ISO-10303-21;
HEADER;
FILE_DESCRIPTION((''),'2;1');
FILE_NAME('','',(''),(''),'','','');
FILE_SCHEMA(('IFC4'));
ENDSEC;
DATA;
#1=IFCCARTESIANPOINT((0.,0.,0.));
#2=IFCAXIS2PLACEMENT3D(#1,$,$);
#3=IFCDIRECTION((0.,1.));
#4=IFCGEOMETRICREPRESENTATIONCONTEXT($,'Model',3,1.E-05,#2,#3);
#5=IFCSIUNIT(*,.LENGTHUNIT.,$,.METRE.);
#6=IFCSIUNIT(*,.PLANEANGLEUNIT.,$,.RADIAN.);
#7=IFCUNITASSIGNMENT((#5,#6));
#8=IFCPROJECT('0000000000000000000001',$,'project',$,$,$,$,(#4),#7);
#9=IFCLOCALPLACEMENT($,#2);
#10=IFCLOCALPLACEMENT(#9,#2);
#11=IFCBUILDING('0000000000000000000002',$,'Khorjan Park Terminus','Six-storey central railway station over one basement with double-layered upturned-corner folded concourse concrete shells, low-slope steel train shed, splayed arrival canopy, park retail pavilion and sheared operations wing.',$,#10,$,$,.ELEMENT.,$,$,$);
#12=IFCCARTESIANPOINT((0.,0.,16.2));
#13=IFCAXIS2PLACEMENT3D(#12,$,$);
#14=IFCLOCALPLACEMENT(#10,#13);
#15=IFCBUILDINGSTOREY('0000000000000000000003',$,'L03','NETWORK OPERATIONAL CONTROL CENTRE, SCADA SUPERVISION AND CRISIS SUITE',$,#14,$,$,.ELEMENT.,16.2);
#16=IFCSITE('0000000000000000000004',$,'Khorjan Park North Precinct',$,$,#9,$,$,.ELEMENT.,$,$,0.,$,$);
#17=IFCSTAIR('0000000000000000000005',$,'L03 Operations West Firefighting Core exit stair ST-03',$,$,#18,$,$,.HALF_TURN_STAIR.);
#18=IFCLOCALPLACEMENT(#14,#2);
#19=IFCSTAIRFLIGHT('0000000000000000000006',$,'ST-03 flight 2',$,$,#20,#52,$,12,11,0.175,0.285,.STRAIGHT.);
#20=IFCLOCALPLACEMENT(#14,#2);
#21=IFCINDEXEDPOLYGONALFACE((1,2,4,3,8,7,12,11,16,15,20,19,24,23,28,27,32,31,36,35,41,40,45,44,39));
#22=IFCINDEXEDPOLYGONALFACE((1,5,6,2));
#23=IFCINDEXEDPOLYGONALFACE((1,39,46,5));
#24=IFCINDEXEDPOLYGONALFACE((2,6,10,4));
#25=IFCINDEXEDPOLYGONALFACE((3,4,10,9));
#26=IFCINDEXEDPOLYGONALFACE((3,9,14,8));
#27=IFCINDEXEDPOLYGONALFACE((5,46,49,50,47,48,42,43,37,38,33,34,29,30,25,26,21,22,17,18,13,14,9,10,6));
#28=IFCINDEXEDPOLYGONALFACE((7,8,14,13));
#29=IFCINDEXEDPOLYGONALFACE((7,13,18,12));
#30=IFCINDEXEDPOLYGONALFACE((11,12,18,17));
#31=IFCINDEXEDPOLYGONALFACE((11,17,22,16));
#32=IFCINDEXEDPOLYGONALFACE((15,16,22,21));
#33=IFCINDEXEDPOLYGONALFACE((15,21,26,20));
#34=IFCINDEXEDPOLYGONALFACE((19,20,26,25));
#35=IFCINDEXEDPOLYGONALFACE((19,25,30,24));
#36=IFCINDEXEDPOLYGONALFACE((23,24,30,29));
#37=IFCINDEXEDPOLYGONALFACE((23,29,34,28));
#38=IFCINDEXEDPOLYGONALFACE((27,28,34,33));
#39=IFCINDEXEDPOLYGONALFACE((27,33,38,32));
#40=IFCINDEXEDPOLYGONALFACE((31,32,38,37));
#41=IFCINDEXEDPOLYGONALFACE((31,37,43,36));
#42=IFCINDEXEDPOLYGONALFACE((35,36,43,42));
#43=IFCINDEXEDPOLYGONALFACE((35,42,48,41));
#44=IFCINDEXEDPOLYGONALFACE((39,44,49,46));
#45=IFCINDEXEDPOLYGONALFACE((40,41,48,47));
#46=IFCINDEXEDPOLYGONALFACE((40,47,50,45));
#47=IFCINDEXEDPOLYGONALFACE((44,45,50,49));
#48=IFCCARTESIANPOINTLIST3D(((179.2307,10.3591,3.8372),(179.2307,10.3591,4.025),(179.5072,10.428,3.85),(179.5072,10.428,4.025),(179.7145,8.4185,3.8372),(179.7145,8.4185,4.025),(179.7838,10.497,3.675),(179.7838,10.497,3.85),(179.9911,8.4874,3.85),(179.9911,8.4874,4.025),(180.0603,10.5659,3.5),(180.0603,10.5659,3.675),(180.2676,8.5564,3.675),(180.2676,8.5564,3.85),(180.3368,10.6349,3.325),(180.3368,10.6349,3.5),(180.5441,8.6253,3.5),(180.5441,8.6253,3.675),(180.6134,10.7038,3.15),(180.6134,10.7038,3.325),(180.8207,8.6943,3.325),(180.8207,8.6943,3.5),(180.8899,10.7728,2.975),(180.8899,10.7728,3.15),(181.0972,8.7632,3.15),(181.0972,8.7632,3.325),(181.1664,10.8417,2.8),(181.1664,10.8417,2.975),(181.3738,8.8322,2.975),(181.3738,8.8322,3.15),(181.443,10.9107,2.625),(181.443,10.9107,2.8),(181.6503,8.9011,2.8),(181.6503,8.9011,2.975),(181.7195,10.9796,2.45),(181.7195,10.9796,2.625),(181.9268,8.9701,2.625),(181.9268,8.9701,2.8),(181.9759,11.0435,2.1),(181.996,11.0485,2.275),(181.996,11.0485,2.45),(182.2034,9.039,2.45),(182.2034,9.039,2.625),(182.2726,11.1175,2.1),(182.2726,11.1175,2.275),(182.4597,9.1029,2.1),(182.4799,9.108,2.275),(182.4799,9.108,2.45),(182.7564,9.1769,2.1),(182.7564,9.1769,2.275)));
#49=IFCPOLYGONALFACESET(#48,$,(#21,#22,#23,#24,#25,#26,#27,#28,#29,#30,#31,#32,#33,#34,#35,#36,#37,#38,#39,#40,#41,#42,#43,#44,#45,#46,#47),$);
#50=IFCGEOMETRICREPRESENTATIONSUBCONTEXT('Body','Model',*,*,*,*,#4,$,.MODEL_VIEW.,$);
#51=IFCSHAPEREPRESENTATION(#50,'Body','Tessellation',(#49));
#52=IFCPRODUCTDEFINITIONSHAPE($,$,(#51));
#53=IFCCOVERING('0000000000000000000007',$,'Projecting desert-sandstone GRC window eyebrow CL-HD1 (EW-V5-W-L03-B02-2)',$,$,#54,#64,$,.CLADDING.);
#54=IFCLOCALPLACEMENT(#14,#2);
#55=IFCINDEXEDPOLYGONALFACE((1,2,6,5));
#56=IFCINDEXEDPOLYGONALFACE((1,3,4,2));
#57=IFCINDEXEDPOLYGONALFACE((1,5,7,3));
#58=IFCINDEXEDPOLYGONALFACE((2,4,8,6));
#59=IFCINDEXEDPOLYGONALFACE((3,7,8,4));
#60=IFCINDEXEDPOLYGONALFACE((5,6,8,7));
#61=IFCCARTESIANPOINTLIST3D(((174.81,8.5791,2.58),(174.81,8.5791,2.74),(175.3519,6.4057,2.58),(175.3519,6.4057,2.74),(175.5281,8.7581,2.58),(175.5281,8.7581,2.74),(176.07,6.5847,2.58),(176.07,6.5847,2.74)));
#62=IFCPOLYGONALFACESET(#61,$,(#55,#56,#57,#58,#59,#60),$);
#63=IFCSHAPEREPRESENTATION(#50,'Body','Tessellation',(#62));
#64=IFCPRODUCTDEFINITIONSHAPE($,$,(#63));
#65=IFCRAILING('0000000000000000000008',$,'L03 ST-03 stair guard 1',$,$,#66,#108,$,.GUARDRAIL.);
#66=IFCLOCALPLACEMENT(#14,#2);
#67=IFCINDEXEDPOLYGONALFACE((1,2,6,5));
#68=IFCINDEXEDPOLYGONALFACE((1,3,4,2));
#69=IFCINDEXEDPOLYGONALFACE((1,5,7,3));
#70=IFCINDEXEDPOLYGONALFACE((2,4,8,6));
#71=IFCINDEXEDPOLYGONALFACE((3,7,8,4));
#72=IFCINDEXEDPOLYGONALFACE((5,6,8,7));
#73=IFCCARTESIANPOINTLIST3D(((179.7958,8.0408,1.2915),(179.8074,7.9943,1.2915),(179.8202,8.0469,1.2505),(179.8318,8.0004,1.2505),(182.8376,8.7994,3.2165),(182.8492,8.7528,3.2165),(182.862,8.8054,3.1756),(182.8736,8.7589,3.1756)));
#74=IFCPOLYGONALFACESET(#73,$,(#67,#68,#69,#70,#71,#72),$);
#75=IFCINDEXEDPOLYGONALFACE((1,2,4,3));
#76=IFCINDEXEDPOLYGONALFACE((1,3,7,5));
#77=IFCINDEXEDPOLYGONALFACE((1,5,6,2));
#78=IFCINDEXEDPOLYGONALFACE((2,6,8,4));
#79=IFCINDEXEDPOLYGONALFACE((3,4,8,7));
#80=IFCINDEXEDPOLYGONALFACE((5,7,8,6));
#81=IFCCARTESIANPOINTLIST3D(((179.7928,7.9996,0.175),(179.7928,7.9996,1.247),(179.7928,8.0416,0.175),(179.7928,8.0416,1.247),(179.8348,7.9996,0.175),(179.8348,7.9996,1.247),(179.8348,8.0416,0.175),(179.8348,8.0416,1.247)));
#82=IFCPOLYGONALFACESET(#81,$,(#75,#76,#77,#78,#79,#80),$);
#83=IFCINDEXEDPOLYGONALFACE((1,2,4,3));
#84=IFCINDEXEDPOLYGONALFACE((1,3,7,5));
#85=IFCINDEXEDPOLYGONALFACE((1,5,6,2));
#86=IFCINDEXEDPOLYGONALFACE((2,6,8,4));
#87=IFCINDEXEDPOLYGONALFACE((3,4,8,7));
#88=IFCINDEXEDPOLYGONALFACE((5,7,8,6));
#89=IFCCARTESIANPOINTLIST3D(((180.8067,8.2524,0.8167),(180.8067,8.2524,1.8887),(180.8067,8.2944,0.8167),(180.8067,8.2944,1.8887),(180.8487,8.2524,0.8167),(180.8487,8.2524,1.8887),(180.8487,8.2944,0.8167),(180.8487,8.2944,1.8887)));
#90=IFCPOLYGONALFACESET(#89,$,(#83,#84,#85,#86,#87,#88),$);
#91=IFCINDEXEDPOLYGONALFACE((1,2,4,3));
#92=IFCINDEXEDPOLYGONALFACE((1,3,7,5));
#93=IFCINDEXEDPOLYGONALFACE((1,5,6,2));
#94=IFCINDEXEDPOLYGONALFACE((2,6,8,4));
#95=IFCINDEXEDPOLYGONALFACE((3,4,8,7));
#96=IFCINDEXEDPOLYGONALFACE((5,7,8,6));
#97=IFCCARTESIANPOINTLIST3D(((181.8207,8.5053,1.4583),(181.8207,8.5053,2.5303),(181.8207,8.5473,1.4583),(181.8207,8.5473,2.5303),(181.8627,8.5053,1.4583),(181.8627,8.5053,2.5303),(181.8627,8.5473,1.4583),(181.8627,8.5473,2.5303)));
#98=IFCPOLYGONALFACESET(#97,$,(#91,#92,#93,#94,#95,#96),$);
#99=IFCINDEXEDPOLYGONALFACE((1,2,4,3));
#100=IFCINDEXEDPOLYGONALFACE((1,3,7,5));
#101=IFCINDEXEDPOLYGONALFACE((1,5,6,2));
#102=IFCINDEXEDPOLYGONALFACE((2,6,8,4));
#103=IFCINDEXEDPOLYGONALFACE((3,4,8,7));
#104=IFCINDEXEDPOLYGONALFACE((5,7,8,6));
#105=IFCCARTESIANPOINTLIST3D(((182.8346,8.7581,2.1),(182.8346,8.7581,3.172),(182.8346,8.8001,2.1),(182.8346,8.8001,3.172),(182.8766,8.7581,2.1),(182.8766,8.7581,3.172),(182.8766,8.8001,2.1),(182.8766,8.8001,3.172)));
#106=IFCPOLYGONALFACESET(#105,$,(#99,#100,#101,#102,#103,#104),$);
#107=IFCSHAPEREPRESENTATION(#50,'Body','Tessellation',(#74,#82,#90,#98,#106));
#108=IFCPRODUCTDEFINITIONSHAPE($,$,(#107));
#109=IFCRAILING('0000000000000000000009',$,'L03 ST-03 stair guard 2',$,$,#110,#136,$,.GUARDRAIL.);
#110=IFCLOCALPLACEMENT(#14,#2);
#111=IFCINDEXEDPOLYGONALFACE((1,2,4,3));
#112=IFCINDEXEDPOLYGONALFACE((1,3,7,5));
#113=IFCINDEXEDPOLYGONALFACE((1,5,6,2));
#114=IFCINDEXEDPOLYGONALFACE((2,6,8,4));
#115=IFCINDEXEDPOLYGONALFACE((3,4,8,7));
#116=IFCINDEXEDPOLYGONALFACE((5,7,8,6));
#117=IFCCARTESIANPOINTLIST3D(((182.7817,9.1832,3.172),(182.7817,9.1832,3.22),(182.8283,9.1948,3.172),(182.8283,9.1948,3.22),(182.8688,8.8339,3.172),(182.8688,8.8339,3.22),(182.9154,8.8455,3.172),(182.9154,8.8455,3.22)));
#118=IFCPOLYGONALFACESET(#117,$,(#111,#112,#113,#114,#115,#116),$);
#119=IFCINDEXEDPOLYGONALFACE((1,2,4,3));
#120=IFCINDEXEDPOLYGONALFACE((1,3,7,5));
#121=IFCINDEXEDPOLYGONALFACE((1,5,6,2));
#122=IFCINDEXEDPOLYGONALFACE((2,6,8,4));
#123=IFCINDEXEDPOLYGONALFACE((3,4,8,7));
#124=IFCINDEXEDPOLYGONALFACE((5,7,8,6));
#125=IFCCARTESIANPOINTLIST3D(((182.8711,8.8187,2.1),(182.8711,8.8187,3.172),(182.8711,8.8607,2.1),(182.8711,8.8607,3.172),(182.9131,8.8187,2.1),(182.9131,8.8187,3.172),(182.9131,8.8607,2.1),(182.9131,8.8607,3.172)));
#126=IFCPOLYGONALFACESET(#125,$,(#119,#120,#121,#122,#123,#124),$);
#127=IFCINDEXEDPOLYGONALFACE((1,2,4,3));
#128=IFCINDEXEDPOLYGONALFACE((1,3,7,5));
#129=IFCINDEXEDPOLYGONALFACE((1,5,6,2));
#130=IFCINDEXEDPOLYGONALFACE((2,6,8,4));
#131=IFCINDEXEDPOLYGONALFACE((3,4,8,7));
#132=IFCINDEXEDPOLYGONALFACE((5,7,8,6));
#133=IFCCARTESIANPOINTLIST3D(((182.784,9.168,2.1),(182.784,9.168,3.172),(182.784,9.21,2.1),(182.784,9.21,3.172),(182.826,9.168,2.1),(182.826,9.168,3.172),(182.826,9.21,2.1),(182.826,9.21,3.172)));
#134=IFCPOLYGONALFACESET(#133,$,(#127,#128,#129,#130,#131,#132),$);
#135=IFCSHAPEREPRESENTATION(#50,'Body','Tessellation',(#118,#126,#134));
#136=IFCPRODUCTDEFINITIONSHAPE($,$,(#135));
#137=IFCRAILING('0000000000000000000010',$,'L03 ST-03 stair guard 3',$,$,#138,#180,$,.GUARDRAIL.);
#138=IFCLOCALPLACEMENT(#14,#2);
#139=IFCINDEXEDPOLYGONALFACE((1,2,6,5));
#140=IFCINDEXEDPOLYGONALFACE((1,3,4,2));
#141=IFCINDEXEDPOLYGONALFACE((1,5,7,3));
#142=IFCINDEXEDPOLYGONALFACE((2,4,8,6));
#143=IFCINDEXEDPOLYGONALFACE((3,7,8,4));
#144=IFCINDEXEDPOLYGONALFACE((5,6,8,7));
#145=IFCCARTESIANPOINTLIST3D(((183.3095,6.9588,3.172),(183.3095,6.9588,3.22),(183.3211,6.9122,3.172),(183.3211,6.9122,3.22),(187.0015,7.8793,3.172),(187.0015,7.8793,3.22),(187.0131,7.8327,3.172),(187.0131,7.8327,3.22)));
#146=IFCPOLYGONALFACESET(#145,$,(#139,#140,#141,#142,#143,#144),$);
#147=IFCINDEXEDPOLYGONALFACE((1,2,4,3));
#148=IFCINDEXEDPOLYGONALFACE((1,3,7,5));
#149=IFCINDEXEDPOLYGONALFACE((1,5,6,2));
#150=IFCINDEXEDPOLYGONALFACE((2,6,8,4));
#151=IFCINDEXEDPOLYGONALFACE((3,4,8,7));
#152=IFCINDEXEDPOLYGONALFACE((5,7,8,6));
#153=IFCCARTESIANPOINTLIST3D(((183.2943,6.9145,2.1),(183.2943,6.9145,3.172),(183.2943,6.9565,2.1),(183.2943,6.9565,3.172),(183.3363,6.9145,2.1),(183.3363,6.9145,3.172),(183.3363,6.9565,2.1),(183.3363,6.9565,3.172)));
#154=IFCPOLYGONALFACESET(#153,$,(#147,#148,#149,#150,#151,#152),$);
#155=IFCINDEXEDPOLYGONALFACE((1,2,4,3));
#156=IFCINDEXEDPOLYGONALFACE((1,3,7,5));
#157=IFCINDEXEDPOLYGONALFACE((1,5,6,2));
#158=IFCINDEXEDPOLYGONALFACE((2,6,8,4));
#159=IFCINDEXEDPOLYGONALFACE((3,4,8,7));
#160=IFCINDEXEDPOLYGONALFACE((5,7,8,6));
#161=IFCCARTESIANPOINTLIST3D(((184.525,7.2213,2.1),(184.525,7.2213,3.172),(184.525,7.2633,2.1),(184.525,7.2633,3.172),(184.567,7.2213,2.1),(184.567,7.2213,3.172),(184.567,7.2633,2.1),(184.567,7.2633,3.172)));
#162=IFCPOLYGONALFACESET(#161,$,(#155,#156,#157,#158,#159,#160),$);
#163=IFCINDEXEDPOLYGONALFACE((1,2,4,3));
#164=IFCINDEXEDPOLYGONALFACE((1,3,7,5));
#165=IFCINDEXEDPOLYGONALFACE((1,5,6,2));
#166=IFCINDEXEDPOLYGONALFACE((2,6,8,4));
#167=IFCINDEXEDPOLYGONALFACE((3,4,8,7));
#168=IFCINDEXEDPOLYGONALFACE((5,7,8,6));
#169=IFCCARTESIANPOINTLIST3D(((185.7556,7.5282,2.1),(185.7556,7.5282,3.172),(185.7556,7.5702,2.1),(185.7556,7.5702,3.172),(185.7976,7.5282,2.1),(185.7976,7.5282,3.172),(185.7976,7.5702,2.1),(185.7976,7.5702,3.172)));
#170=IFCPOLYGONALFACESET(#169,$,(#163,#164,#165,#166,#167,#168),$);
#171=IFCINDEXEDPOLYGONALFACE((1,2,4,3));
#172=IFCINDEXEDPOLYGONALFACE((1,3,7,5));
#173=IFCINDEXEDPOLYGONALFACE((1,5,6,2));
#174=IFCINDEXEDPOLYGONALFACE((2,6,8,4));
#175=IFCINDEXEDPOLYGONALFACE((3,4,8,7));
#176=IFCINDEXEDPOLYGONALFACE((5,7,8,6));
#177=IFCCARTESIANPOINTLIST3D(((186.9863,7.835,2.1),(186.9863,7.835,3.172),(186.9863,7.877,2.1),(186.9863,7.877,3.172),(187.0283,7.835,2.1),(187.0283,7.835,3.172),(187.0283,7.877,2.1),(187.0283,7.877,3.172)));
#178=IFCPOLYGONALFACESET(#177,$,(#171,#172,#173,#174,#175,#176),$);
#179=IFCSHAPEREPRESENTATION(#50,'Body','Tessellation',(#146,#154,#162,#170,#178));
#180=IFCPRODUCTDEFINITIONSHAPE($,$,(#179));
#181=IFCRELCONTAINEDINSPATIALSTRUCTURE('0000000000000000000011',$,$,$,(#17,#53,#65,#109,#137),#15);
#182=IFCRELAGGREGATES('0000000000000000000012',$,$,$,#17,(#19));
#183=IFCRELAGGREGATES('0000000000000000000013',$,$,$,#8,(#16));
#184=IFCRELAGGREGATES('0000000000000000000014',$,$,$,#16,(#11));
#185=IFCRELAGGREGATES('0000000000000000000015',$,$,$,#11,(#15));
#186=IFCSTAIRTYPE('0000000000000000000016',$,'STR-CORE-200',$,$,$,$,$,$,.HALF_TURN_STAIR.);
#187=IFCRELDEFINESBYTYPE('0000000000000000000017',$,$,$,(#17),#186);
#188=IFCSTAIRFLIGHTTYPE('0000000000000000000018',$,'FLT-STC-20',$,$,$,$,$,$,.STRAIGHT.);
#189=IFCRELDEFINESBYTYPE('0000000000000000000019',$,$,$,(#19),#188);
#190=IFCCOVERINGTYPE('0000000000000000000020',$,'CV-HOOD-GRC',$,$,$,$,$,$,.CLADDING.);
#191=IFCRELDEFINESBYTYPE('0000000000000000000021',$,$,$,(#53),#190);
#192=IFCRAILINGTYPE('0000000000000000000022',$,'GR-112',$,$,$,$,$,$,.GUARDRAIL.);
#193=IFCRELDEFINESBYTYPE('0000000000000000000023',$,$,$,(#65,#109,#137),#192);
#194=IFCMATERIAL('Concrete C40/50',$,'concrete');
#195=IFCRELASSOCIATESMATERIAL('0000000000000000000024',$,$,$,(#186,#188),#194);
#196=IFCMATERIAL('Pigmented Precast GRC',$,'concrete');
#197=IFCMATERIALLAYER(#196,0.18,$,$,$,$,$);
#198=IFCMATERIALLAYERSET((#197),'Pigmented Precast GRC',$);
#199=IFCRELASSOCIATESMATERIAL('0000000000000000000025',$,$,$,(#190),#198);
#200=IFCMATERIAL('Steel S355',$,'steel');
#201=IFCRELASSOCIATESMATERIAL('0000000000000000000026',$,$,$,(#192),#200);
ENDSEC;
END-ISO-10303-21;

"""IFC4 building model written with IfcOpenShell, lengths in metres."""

from ifc_helpers import new_model, si_unit, direction, frame, origin, origin_2d, place, context, subcontext, project, spatial, polyline, rectangle, outline, extrude, material, layer, layer_set, type_object, element, aggregate, save


model = new_model("IFC4")

# Units and contexts
model_context = context("Model", 3, precision=1e-05, world=origin(), true_north=direction((0.0, 1.0)))
body_context = subcontext(model_context, "Body", "Model", "MODEL_VIEW")
ifc_project = project(units=[si_unit("LENGTHUNIT", "METRE"), si_unit("PLANEANGLEUNIT", "RADIAN")], contexts=[model_context])

# Site, building, storey
site_placement = place(None, origin())
site = spatial("IfcSite", under=ifc_project, at=site_placement, Name="Khorjan Park North Precinct", CompositionType="ELEMENT", RefElevation=0.0)
building_placement = place(site_placement, origin())
building = spatial("IfcBuilding", under=site, at=building_placement, Name="Khorjan Park Terminus", Description="Six-storey central railway station over one basement with double-layered upturned-corner folded concourse concrete shells, low-slope steel train shed, splayed arrival canopy, park retail pavilion and sheared operations wing.", CompositionType="ELEMENT")
storey_placement = place(building_placement, frame((0.0, 0.0, 16.2)))
storey = spatial("IfcBuildingStorey", under=building, at=storey_placement, Name="L03", Description="NETWORK OPERATIONAL CONTROL CENTRE, SCADA SUPERVISION AND CRISIS SUITE", CompositionType="ELEMENT", Elevation=16.2)

# Shared definitions
ifc_material_1 = material(Name="Steel S355", Category="steel")
ifc_material_2 = material(Name="Concrete C40/50", Category="concrete")

# Stair, stair flight
stair_type = type_object("IfcStairType", Name="STR-CORE-200", PredefinedType="HALF_TURN_STAIR", material=ifc_material_2)
stair_placement = place(storey_placement, origin())
stair = element("IfcStair", 1, at=stair_placement, inside=storey, type_object=stair_type, Name="L03 Operations West Firefighting Core exit stair ST-03", PredefinedType="HALF_TURN_STAIR")
stair_flight_type = type_object("IfcStairFlightType", Name="FLT-STC-20", PredefinedType="STRAIGHT", material=ifc_material_2)
stair_flight_1_placement = place(storey_placement, frame((182.5145, 10.1472, 2.1), z_axis=(0.0, 0.0, 1.0), x_axis=(-0.970296, -0.241922, 0.0)))
stair_flight_1 = element("IfcStairFlight", 2, at=stair_flight_1_placement, type_object=stair_flight_type, Name="ST-03 flight 2", NumberOfRisers=12, NumberOfTreads=11, PredefinedType="STRAIGHT", RiserHeight=0.175, TreadLength=0.285, context=body_context, shape_type="SweptSolid", body=[
    extrude(outline(polyline([(0.0, 0.0), (0.0, 0.175), (0.285, 0.175), (0.285, 0.35), (0.57, 0.35), (0.57, 0.525), (0.855, 0.525), (0.855, 0.7), (1.14, 0.7), (1.14, 0.875), (1.425, 0.875), (1.425, 1.05), (1.71, 1.05), (1.71, 1.225), (1.995, 1.225), (1.995, 1.4), (2.28, 1.4), (2.28, 1.575), (2.565, 1.575), (2.565, 1.75), (2.85, 1.75), (2.85, 1.925), (3.135, 1.925), (3.135, 2.1), (3.135, 1.7372), (0.3058, 0.0), (0.0, 0.0)])), frame((0.0, 1.0, 0.0), z_axis=(0.0, -1.0, 0.0), x_axis=(1.0, 0.0, 0.0)), (0.0, 0.0, 1.0), 2.0),
])
aggregate(stair, [stair_flight_1])

# Covering
ifc_material_3 = material(Name="Pigmented Precast GRC", Category="concrete")
ifc_layer_1 = layer(ifc_material_3, 0.18)
ifc_layer_set_1 = layer_set([ifc_layer_1], Name="Pigmented Precast GRC")
covering_type = type_object("IfcCoveringType", Name="CV-HOOD-GRC", PredefinedType="CLADDING", material=ifc_layer_set_1)
covering_placement = place(storey_placement, frame((175.44, 7.5819, 2.58), z_axis=(0.0, 0.0, 1.0), x_axis=(0.241921, -0.970296, 0.0)))
element("IfcCovering", 3, at=covering_placement, inside=storey, type_object=covering_type, Name="Projecting desert-sandstone GRC window eyebrow CL-HD1 (EW-V5-W-L03-B02-2)", PredefinedType="CLADDING", context=body_context, shape_type="SweptSolid", body=[
    extrude(rectangle(XDim=2.24, YDim=0.74, at=origin_2d()), origin(), (0.0, 0.0, 1.0), 0.16),
])

# Railings
railing_type_1 = type_object("IfcRailingType", Name="GR-112", PredefinedType="GUARDRAIL", material=ifc_material_1)
railing_1_placement = place(storey_placement, frame((179.8138, 8.0206, 0.175)))
element("IfcRailing", 4, at=railing_1_placement, inside=storey, type_object=railing_type_1, Name="L03 ST-03 stair guard 1", PredefinedType="GUARDRAIL", context=body_context, shape_type="SweptSolid", body=[
    extrude(rectangle(XDim=0.048, YDim=0.048, at=origin_2d()), frame((0.0, 0.0, 1.096), z_axis=(0.826848, 0.206182, 0.52327), x_axis=(-0.24195, 0.970289, 0.0)), (0.0, 0.0, 1.0), 3.6788),
    extrude(rectangle(XDim=0.042, YDim=0.042, at=origin_2d()), origin(), (0.0, 0.0, 1.0), 1.072),
    extrude(rectangle(XDim=0.042, YDim=0.042, at=origin_2d()), frame((1.0139, 0.2528, 0.6417)), (0.0, 0.0, 1.0), 1.072),
    extrude(rectangle(XDim=0.042, YDim=0.042, at=origin_2d()), frame((2.0279, 0.5057, 1.2833)), (0.0, 0.0, 1.0), 1.072),
    extrude(rectangle(XDim=0.042, YDim=0.042, at=origin_2d()), frame((3.0418, 0.7585, 1.925)), (0.0, 0.0, 1.0), 1.072),
])
railing_2_placement = place(storey_placement, frame((182.8921, 8.8397, 2.1)))
element("IfcRailing", 5, at=railing_2_placement, inside=storey, type_object=railing_type_1, Name="L03 ST-03 stair guard 2", PredefinedType="GUARDRAIL", context=body_context, shape_type="SweptSolid", body=[
    extrude(rectangle(XDim=0.048, YDim=0.048, at=origin_2d()), frame((0.0, 0.0, 1.096), z_axis=(-0.241947, 0.970289, 0.0), x_axis=(-0.970289, -0.241947, 0.0)), (0.0, 0.0, 1.0), 0.36),
    extrude(rectangle(XDim=0.042, YDim=0.042, at=origin_2d()), origin(), (0.0, 0.0, 1.0), 1.072),
    extrude(rectangle(XDim=0.042, YDim=0.042, at=origin_2d()), frame((-0.0871, 0.3493, 0.0)), (0.0, 0.0, 1.0), 1.072),
])
railing_3_placement = place(storey_placement, frame((183.3153, 6.9355, 2.1)))
element("IfcRailing", 6, at=railing_3_placement, inside=storey, type_object=railing_type_1, Name="L03 ST-03 stair guard 3", PredefinedType="GUARDRAIL", context=body_context, shape_type="SweptSolid", body=[
    extrude(rectangle(XDim=0.048, YDim=0.048, at=origin_2d()), frame((0.0, 0.0, 1.096), z_axis=(0.970297, 0.241917, 0.0), x_axis=(-0.241917, 0.970297, 0.0)), (0.0, 0.0, 1.0), 3.805),
    extrude(rectangle(XDim=0.042, YDim=0.042, at=origin_2d()), origin(), (0.0, 0.0, 1.0), 1.072),
    extrude(rectangle(XDim=0.042, YDim=0.042, at=origin_2d()), frame((1.2307, 0.3068, 0.0)), (0.0, 0.0, 1.0), 1.072),
    extrude(rectangle(XDim=0.042, YDim=0.042, at=origin_2d()), frame((2.4613, 0.6137, 0.0)), (0.0, 0.0, 1.0), 1.072),
    extrude(rectangle(XDim=0.042, YDim=0.042, at=origin_2d()), frame((3.692, 0.9205, 0.0)), (0.0, 0.0, 1.0), 1.072),
])

save(model, "model.ifc")
